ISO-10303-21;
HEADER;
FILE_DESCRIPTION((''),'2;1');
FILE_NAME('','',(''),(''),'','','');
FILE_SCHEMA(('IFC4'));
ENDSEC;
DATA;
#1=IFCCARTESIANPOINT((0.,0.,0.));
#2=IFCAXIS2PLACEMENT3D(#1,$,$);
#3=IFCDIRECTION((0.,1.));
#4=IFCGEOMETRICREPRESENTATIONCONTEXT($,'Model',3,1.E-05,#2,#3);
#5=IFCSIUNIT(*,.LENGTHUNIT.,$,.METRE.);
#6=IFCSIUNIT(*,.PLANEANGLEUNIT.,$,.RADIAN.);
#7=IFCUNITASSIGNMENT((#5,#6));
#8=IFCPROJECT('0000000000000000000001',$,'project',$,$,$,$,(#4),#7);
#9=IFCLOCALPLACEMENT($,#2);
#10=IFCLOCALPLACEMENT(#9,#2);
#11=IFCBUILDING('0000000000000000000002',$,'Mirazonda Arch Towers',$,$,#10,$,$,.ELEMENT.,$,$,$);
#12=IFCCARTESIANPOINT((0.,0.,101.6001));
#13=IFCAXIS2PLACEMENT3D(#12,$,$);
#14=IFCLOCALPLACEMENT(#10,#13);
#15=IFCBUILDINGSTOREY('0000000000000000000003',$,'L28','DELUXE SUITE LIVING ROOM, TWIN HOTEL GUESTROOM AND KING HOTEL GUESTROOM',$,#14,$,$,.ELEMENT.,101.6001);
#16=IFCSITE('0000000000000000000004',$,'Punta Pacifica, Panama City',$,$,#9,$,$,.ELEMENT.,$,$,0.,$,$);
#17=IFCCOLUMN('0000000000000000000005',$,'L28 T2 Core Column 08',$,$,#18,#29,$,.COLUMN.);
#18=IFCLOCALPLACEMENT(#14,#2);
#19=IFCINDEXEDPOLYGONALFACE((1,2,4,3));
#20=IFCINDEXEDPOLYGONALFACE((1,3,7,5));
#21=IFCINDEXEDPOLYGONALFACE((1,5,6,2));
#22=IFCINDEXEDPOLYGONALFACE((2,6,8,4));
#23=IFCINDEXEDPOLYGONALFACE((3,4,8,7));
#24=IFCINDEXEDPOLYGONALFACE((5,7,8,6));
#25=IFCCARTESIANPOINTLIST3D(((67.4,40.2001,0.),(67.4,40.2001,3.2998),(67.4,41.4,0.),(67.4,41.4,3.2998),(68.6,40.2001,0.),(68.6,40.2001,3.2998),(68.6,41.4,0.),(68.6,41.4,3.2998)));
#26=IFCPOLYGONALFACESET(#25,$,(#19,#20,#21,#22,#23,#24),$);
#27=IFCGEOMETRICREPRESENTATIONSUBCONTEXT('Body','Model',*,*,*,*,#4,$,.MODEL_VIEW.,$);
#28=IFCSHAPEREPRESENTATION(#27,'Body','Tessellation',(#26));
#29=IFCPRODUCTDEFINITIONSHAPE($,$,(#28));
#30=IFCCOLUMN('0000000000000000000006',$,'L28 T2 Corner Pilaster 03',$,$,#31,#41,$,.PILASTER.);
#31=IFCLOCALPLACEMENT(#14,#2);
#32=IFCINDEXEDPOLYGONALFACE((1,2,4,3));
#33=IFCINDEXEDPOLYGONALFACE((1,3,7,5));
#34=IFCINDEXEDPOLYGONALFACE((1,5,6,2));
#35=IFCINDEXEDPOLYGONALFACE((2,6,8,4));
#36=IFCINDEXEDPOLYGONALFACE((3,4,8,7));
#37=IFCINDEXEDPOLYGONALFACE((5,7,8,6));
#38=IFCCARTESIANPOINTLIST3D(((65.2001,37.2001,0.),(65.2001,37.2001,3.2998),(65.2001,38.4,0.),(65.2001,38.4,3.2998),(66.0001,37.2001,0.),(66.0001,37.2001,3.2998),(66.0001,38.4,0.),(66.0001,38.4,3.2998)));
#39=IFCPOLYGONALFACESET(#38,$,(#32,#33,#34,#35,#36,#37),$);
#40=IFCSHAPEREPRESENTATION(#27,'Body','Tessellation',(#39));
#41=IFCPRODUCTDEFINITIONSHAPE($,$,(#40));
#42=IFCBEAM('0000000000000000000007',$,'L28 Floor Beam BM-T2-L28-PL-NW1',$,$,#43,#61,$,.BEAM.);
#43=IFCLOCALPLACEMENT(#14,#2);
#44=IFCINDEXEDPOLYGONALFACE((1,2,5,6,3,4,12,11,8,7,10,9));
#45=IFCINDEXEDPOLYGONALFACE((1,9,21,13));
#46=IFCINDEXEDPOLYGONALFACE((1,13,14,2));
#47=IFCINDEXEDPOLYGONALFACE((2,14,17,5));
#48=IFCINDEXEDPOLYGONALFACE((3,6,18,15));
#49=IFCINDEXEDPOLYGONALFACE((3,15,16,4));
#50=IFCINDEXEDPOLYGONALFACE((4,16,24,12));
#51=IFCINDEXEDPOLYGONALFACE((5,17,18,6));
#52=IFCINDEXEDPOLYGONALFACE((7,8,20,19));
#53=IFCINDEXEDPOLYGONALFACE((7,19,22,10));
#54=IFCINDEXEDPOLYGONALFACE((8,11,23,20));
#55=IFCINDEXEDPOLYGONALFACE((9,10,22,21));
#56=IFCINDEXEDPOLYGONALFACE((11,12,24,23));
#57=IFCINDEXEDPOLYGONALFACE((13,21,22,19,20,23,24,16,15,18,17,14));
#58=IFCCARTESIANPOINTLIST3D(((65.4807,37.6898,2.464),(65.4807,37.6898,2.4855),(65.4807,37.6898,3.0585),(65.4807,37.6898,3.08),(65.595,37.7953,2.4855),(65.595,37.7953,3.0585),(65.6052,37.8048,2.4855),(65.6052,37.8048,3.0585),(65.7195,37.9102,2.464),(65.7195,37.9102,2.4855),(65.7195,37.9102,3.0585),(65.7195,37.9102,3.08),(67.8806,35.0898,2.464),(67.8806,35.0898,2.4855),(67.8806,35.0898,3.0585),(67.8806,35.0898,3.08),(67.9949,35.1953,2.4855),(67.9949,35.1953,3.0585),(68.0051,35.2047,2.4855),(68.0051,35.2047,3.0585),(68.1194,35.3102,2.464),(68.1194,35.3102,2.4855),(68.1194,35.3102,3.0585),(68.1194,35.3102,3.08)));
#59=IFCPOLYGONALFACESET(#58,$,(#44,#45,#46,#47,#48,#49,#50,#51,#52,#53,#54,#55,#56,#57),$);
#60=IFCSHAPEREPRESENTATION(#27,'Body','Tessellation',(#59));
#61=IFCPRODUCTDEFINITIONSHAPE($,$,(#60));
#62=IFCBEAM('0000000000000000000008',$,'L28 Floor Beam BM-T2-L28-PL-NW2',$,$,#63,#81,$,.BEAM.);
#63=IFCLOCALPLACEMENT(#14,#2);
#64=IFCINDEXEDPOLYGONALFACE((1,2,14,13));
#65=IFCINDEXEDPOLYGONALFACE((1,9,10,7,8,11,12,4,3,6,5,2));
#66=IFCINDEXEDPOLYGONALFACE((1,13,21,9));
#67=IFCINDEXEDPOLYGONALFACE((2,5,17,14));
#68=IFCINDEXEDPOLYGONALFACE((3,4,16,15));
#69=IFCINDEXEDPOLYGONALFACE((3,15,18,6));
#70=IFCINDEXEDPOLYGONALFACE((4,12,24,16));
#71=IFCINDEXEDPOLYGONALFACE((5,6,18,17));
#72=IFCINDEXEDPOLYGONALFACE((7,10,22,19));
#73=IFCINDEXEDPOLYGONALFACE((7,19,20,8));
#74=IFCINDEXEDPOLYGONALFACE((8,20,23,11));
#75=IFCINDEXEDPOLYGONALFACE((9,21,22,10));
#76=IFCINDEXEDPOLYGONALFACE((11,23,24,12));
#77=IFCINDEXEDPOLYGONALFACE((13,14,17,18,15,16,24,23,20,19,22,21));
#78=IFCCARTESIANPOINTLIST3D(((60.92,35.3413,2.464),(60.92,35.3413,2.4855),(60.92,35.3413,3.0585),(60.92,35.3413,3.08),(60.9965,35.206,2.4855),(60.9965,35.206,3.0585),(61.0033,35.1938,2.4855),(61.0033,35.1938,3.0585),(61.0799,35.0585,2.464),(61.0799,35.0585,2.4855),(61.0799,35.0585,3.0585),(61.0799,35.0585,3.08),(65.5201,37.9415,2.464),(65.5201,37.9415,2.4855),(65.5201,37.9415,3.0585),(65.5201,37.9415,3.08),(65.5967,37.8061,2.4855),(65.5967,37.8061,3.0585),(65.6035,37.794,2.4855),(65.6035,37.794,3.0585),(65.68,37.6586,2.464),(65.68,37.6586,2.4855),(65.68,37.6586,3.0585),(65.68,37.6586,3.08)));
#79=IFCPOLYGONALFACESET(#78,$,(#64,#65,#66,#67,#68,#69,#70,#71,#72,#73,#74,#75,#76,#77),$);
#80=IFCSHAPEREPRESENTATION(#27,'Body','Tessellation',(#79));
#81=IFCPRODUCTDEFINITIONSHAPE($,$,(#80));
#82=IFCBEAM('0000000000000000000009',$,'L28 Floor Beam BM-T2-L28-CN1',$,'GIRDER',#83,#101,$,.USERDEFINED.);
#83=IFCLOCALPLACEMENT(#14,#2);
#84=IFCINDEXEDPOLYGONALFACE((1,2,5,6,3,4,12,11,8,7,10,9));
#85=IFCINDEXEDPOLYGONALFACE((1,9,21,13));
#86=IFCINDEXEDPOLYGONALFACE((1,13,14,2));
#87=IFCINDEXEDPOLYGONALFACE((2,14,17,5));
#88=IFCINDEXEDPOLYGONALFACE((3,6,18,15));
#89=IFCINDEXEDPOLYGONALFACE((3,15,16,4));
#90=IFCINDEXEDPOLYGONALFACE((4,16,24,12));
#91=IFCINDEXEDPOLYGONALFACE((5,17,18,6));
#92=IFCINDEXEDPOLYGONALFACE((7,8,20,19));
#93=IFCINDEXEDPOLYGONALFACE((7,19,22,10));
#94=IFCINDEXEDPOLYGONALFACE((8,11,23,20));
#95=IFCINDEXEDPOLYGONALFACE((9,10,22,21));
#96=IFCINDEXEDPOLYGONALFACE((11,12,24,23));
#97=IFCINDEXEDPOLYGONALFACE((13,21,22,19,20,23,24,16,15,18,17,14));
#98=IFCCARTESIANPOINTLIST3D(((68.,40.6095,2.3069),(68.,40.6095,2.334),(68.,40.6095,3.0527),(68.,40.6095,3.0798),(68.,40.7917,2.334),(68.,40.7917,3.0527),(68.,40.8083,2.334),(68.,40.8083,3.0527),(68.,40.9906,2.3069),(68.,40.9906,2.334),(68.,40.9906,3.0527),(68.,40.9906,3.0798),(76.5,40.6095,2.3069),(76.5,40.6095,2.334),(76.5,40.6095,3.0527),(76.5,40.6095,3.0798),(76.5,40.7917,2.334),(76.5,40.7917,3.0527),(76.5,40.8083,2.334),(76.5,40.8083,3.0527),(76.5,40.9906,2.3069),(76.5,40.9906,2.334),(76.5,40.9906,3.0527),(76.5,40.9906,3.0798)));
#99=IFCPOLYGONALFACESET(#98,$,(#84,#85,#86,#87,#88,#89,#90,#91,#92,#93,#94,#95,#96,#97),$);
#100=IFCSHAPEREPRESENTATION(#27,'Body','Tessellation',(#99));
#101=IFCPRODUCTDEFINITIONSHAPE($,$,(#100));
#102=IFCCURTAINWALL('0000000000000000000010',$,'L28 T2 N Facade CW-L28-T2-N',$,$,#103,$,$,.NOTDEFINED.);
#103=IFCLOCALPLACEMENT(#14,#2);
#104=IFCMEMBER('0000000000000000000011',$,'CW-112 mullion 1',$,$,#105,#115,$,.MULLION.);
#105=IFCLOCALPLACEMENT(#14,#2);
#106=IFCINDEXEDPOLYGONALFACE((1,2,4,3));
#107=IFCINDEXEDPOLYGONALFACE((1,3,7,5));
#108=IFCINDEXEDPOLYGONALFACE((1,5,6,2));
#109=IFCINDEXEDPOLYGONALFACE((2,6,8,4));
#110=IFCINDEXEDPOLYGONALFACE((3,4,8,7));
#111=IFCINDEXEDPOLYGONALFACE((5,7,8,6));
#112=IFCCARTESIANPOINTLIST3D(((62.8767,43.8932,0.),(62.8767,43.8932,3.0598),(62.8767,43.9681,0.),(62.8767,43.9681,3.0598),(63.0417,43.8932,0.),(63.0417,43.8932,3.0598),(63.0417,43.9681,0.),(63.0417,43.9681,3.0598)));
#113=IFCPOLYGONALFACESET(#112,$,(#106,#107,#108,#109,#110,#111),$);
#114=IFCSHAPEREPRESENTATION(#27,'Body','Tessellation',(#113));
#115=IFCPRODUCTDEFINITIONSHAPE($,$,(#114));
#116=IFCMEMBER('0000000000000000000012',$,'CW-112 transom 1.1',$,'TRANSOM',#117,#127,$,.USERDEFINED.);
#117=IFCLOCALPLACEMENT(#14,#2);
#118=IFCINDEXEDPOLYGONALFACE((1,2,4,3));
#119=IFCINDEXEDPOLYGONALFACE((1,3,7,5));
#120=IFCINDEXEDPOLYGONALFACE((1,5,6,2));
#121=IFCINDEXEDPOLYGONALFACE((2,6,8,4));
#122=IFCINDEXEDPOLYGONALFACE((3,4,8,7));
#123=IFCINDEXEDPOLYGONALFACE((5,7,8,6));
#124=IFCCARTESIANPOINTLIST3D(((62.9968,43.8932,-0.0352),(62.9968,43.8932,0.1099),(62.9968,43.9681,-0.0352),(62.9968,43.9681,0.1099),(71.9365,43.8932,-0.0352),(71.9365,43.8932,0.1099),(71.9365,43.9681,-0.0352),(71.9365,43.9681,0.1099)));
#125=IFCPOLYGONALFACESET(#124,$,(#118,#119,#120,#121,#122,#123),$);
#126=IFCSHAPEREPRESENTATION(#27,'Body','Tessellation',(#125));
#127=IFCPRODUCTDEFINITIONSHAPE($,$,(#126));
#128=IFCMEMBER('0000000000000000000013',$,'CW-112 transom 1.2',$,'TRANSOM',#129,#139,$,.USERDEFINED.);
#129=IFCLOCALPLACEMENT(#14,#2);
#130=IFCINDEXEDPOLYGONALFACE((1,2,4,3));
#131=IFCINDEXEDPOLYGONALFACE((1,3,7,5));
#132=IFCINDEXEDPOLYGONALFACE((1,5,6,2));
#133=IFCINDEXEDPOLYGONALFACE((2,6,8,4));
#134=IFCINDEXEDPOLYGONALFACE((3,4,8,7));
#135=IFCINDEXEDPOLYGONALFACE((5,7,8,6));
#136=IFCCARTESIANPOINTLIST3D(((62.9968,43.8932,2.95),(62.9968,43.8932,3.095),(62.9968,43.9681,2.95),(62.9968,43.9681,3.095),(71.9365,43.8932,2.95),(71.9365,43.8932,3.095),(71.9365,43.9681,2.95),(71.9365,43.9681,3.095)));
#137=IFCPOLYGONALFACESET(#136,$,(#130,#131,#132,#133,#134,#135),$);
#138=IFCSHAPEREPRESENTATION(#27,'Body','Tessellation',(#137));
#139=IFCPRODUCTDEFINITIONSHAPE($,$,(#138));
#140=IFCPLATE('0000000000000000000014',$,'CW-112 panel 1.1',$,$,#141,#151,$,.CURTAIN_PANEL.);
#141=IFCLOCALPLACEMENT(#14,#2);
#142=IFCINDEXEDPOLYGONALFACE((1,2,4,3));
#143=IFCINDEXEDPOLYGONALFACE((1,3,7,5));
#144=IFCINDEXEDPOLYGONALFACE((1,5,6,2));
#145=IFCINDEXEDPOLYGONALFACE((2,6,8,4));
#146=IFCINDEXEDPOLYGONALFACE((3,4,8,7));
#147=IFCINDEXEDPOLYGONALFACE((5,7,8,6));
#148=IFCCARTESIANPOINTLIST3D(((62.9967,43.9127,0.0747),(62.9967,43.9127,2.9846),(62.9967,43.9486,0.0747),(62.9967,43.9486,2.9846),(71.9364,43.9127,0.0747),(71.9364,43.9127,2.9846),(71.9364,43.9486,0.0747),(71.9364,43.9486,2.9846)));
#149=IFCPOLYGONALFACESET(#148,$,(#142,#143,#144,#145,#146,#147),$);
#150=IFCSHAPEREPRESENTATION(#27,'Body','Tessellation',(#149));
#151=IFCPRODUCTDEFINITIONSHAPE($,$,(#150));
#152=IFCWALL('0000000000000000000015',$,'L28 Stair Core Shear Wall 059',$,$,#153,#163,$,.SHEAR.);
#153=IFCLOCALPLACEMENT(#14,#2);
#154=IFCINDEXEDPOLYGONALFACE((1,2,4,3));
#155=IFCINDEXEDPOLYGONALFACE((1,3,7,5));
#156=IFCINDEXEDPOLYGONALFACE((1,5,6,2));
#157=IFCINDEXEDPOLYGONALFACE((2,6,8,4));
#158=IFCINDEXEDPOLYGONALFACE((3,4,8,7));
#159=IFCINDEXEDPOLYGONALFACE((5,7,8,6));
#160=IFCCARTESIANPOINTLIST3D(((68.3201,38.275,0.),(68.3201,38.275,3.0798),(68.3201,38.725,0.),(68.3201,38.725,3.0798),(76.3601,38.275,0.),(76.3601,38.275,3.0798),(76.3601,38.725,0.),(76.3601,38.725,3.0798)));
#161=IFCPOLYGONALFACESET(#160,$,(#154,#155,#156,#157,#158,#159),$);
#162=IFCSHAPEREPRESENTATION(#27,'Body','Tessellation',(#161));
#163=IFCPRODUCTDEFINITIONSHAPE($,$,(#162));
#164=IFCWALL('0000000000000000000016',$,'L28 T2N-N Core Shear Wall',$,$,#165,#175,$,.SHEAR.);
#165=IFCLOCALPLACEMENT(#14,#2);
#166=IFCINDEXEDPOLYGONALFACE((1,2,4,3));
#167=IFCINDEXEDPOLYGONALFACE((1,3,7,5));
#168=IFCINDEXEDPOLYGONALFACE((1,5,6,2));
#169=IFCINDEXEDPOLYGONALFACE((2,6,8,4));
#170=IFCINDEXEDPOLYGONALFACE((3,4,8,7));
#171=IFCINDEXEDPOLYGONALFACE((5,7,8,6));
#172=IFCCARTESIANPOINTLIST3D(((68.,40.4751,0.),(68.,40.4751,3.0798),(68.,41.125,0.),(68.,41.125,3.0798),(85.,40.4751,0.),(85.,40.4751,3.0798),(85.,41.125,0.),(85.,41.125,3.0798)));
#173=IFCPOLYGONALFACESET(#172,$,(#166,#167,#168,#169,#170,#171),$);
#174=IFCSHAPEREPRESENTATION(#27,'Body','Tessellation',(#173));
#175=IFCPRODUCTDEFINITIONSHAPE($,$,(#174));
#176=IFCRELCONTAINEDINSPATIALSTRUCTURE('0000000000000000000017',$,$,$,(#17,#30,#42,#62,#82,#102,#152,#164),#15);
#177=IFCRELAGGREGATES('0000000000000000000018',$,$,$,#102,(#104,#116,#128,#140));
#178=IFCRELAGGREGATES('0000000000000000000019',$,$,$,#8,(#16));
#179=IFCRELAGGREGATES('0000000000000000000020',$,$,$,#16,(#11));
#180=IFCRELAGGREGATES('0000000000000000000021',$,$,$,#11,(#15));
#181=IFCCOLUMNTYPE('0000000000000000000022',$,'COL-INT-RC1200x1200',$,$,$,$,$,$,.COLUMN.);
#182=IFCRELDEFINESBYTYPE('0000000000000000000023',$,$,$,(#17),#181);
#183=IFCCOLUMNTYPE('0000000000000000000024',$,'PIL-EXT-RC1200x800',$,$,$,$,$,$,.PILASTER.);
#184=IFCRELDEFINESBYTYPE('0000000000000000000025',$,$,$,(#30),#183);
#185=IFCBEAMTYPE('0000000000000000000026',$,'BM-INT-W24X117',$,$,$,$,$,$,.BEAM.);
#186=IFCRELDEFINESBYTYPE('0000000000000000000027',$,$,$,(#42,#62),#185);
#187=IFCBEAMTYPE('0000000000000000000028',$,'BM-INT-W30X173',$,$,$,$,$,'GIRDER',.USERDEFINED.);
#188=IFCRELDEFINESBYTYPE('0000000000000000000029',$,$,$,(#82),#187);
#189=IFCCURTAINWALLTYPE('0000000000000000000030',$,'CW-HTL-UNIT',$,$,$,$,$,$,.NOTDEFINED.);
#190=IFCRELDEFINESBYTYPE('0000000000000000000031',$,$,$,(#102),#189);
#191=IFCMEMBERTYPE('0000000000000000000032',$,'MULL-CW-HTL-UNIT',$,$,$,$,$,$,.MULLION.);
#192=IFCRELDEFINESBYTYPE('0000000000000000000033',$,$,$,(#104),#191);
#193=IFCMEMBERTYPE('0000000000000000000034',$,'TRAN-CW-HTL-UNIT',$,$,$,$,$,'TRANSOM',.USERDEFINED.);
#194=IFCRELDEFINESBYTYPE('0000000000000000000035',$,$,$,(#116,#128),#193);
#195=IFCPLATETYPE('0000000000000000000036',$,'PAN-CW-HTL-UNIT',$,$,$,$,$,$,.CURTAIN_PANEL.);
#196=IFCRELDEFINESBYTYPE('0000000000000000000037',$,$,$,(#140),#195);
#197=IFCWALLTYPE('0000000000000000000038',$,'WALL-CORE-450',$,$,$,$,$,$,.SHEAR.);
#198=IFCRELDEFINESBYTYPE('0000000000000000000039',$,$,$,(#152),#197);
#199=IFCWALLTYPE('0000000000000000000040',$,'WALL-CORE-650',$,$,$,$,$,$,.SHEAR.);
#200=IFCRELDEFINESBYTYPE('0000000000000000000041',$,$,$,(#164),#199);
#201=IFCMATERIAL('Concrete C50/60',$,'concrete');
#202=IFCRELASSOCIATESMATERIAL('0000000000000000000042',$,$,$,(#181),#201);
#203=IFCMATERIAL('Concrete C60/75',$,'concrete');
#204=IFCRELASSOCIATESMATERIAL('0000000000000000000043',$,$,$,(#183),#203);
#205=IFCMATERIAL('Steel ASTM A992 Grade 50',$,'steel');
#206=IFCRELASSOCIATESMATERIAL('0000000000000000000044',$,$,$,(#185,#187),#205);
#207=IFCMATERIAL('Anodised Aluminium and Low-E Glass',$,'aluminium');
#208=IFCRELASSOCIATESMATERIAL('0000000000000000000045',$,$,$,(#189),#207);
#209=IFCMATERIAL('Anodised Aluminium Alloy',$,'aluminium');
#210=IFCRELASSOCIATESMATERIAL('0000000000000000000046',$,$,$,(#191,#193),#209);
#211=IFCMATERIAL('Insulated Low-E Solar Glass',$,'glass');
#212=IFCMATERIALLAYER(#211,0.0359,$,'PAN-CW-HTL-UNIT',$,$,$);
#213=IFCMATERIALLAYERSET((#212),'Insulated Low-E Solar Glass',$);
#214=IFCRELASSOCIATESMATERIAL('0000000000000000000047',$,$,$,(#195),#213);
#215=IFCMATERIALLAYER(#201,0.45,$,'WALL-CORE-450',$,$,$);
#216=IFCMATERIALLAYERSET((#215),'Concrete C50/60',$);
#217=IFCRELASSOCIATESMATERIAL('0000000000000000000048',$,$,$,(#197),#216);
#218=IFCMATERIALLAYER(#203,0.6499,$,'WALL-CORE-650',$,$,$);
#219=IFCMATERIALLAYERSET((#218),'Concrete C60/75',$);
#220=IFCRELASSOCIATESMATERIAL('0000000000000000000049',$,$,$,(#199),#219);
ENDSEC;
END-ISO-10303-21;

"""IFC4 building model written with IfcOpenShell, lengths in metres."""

from ifc_helpers import new_model, si_unit, direction, frame, frame_2d, origin, origin_2d, place, context, subcontext, project, spatial, rectangle, i_section, extrude, material, layer, layer_set, material_profile, profile_set, type_object, element, aggregate, save


model = new_model("IFC4")

# Units and contexts
model_context = context("Model", 3, precision=1e-05, world=origin(), true_north=direction((0.0, 1.0)))
body_context = subcontext(model_context, "Body", "Model", "MODEL_VIEW")
ifc_project = project(units=[si_unit("LENGTHUNIT", "METRE"), si_unit("PLANEANGLEUNIT", "RADIAN")], contexts=[model_context])

# Site, building, storey
site_placement = place(None, origin())
site = spatial("IfcSite", under=ifc_project, at=site_placement, Name="Punta Pacifica, Panama City", CompositionType="ELEMENT", RefElevation=0.0)
building_placement = place(site_placement, origin())
building = spatial("IfcBuilding", under=site, at=building_placement, Name="Mirazonda Arch Towers", CompositionType="ELEMENT")
storey_placement = place(building_placement, frame((0.0, 0.0, 101.6001)))
storey = spatial("IfcBuildingStorey", under=building, at=storey_placement, Name="L28", Description="DELUXE SUITE LIVING ROOM, TWIN HOTEL GUESTROOM AND KING HOTEL GUESTROOM", CompositionType="ELEMENT", Elevation=101.6001)

# Columns
ifc_material_1 = material(Name="Concrete C50/60", Category="concrete")
ifc_material_profile_1 = material_profile(ifc_material_1, rectangle(XDim=1.2, YDim=1.2, at=origin_2d()), Name="RC1200x1200")
ifc_profile_set_1 = profile_set([ifc_material_profile_1], Name="Concrete C50/60")
column_type_1 = type_object("IfcColumnType", Name="COL-INT-RC1200x1200", PredefinedType="COLUMN", material=ifc_profile_set_1)
column_1_placement = place(storey_placement, frame((68.0, 40.8, 0.0), z_axis=(0.0, 0.0, 1.0), x_axis=(1.0, 0.0, 0.0)))
element("IfcColumn", 1, at=column_1_placement, inside=storey, type_object=column_type_1, Name="L28 T2 Core Column 08", PredefinedType="COLUMN", context=body_context, shape_type="SweptSolid", body=[
    extrude(rectangle(XDim=1.2, YDim=1.2, at=origin_2d()), origin(), (0.0, 0.0, 1.0), 3.2998),
])
ifc_material_2 = material(Name="Concrete C60/75", Category="concrete")
ifc_material_profile_2 = material_profile(ifc_material_2, rectangle(XDim=0.8, YDim=1.2, at=origin_2d()), Name="RC1200x800")
ifc_profile_set_2 = profile_set([ifc_material_profile_2], Name="Concrete C60/75")
column_type_2 = type_object("IfcColumnType", Name="PIL-EXT-RC1200x800", PredefinedType="PILASTER", material=ifc_profile_set_2)
column_2_placement = place(storey_placement, frame((65.6001, 37.8, 0.0), z_axis=(0.0, 0.0, 1.0), x_axis=(1.0, 0.0, 0.0)))
element("IfcColumn", 2, at=column_2_placement, inside=storey, type_object=column_type_2, Name="L28 T2 Corner Pilaster 03", PredefinedType="PILASTER", context=body_context, shape_type="SweptSolid", body=[
    extrude(rectangle(XDim=0.8, YDim=1.2, at=origin_2d()), origin(), (0.0, 0.0, 1.0), 3.2998),
])

# Beams
ifc_material_3 = material(Name="Steel ASTM A992 Grade 50", Category="steel")
ifc_material_profile_3 = material_profile(ifc_material_3, i_section(OverallWidth=0.325, OverallDepth=0.616, WebThickness=0.0139, FlangeThickness=0.0215, at=origin_2d()), Name="W24X117")
ifc_profile_set_3 = profile_set([ifc_material_profile_3], Name="Steel ASTM A992 Grade 50")
beam_type_1 = type_object("IfcBeamType", Name="BM-INT-W24X117", PredefinedType="BEAM", material=ifc_profile_set_3)
beam_1_placement = place(storey_placement, frame((65.6001, 37.8, 2.772), z_axis=(0.678251, -0.73483, 0.0), x_axis=(0.73483, 0.678251, 0.0)))
element("IfcBeam", 3, at=beam_1_placement, inside=storey, type_object=beam_type_1, Name="L28 Floor Beam BM-T2-L28-PL-NW1", PredefinedType="BEAM", context=body_context, shape_type="SweptSolid", body=[
    extrude(i_section(OverallWidth=0.325, OverallDepth=0.616, WebThickness=0.0139, FlangeThickness=0.0215, at=origin_2d()), origin(), (0.0, 0.0, 1.0), 3.5383),
])
beam_2_placement = place(storey_placement, frame((65.6001, 37.8, 2.772), z_axis=(-0.870559, -0.492063, 0.0), x_axis=(0.492063, -0.870559, 0.0)))
element("IfcBeam", 4, at=beam_2_placement, inside=storey, type_object=beam_type_1, Name="L28 Floor Beam BM-T2-L28-PL-NW2", PredefinedType="BEAM", context=body_context, shape_type="SweptSolid", body=[
    extrude(i_section(OverallWidth=0.325, OverallDepth=0.616, WebThickness=0.0139, FlangeThickness=0.0215, at=origin_2d()), origin(), (0.0, 0.0, 1.0), 5.2842),
])
ifc_material_profile_4 = material_profile(ifc_material_3, i_section(OverallWidth=0.3811, OverallDepth=0.7729, WebThickness=0.0166, FlangeThickness=0.0271, at=origin_2d()), Name="W30X173")
ifc_profile_set_4 = profile_set([ifc_material_profile_4], Name="Steel ASTM A992 Grade 50")
beam_type_2 = type_object("IfcBeamType", Name="BM-INT-W30X173", ElementType="GIRDER", PredefinedType="USERDEFINED", material=ifc_profile_set_4)
beam_3_placement = place(storey_placement, frame((68.0, 40.8, 2.6934), z_axis=(1.0, 0.0, 0.0), x_axis=(0.0, 1.0, 0.0)))
element("IfcBeam", 5, at=beam_3_placement, inside=storey, type_object=beam_type_2, Name="L28 Floor Beam BM-T2-L28-CN1", ObjectType="GIRDER", PredefinedType="USERDEFINED", context=body_context, shape_type="SweptSolid", body=[
    extrude(i_section(OverallWidth=0.3811, OverallDepth=0.7729, WebThickness=0.0166, FlangeThickness=0.0271, at=origin_2d()), origin(), (0.0, 0.0, 1.0), 8.5),
])

# Curtain wall, members, plate
ifc_material_4 = material(Name="Anodised Aluminium and Low-E Glass", Category="aluminium")
curtain_wall_type = type_object("IfcCurtainWallType", Name="CW-HTL-UNIT", PredefinedType="NOTDEFINED", material=ifc_material_4)
curtain_wall_placement = place(storey_placement, origin())
curtain_wall = element("IfcCurtainWall", 6, at=curtain_wall_placement, inside=storey, type_object=curtain_wall_type, Name="L28 T2 N Facade CW-L28-T2-N", PredefinedType="NOTDEFINED")
ifc_material_5 = material(Name="Anodised Aluminium Alloy", Category="aluminium")
ifc_material_profile_5 = material_profile(ifc_material_5, rectangle(XDim=0.075, YDim=0.165, at=origin_2d()), Name="ALU-MULL-75x165")
ifc_profile_set_5 = profile_set([ifc_material_profile_5], Name="Anodised Aluminium Alloy")
member_type_1 = type_object("IfcMemberType", Name="MULL-CW-HTL-UNIT", PredefinedType="MULLION", material=ifc_profile_set_5)
member_1_placement = place(storey_placement, frame((62.9592, 43.9307, 0.0), z_axis=(0.0, 0.0, 1.0), x_axis=(0.0, 1.0, 0.0)))
member_1 = element("IfcMember", 7, at=member_1_placement, type_object=member_type_1, Name="CW-112 mullion 1", PredefinedType="MULLION", context=body_context, shape_type="SweptSolid", body=[
    extrude(rectangle(XDim=0.075, YDim=0.165, at=origin_2d()), origin(), (0.0, 0.0, 1.0), 3.0598),
])
ifc_material_profile_6 = material_profile(ifc_material_5, rectangle(XDim=0.075, YDim=0.145, at=origin_2d()), Name="ALU-TRAN-75x145")
ifc_profile_set_6 = profile_set([ifc_material_profile_6], Name="Anodised Aluminium Alloy")
member_type_2 = type_object("IfcMemberType", Name="TRAN-CW-HTL-UNIT", ElementType="TRANSOM", PredefinedType="USERDEFINED", material=ifc_profile_set_6)
member_2_placement = place(storey_placement, frame((62.9968, 43.9307, 0.0374), z_axis=(1.0, 0.0, 0.0), x_axis=(0.0, 1.0, 0.0)))
member_2 = element("IfcMember", 8, at=member_2_placement, type_object=member_type_2, Name="CW-112 transom 1.1", ObjectType="TRANSOM", PredefinedType="USERDEFINED", context=body_context, shape_type="SweptSolid", body=[
    extrude(rectangle(XDim=0.075, YDim=0.145, at=origin_2d()), origin(), (0.0, 0.0, 1.0), 8.9397),
])
member_3_placement = place(storey_placement, frame((62.9968, 43.9307, 3.0225), z_axis=(1.0, 0.0, 0.0), x_axis=(0.0, 1.0, 0.0)))
member_3 = element("IfcMember", 9, at=member_3_placement, type_object=member_type_2, Name="CW-112 transom 1.2", ObjectType="TRANSOM", PredefinedType="USERDEFINED", context=body_context, shape_type="SweptSolid", body=[
    extrude(rectangle(XDim=0.075, YDim=0.145, at=origin_2d()), origin(), (0.0, 0.0, 1.0), 8.9397),
])
ifc_material_6 = material(Name="Insulated Low-E Solar Glass", Category="glass")
ifc_layer_1 = layer(ifc_material_6, 0.0359, Name="PAN-CW-HTL-UNIT")
ifc_layer_set_1 = layer_set([ifc_layer_1], Name="Insulated Low-E Solar Glass")
plate_type = type_object("IfcPlateType", Name="PAN-CW-HTL-UNIT", PredefinedType="CURTAIN_PANEL", material=ifc_layer_set_1)
plate_placement = place(storey_placement, frame((67.4666, 43.9307, 0.0747), z_axis=(0.0, 0.0, 1.0), x_axis=(1.0, 0.0, 0.0)))
plate = element("IfcPlate", 10, at=plate_placement, type_object=plate_type, Name="CW-112 panel 1.1", PredefinedType="CURTAIN_PANEL", context=body_context, shape_type="SweptSolid", body=[
    extrude(rectangle(XDim=8.9397, YDim=0.0359, at=origin_2d()), origin(), (0.0, 0.0, 1.0), 2.9099),
])
aggregate(curtain_wall, [member_1, member_2, member_3, plate])

# Walls
ifc_layer_2 = layer(ifc_material_1, 0.45, Name="WALL-CORE-450")
ifc_layer_set_2 = layer_set([ifc_layer_2], Name="Concrete C50/60")
wall_type_1 = type_object("IfcWallType", Name="WALL-CORE-450", PredefinedType="SHEAR", material=ifc_layer_set_2)
wall_1_placement = place(storey_placement, frame((68.3201, 38.5, 0.0), z_axis=(0.0, 0.0, 1.0), x_axis=(1.0, 0.0, 0.0)))
element("IfcWall", 11, at=wall_1_placement, inside=storey, type_object=wall_type_1, Name="L28 Stair Core Shear Wall 059", PredefinedType="SHEAR", context=body_context, shape_type="SweptSolid", body=[
    extrude(rectangle(XDim=8.04, YDim=0.45, at=frame_2d((4.02, 0.0))), origin(), (0.0, 0.0, 1.0), 3.0798),
])
ifc_layer_3 = layer(ifc_material_2, 0.6499, Name="WALL-CORE-650")
ifc_layer_set_3 = layer_set([ifc_layer_3], Name="Concrete C60/75")
wall_type_2 = type_object("IfcWallType", Name="WALL-CORE-650", PredefinedType="SHEAR", material=ifc_layer_set_3)
wall_2_placement = place(storey_placement, frame((68.0, 40.8, 0.0), z_axis=(0.0, 0.0, 1.0), x_axis=(1.0, 0.0, 0.0)))
element("IfcWall", 12, at=wall_2_placement, inside=storey, type_object=wall_type_2, Name="L28 T2N-N Core Shear Wall", PredefinedType="SHEAR", context=body_context, shape_type="SweptSolid", body=[
    extrude(rectangle(XDim=17.0, YDim=0.6499, at=frame_2d((8.5, 0.0))), origin(), (0.0, 0.0, 1.0), 3.0798),
])

save(model, "model.ifc")
